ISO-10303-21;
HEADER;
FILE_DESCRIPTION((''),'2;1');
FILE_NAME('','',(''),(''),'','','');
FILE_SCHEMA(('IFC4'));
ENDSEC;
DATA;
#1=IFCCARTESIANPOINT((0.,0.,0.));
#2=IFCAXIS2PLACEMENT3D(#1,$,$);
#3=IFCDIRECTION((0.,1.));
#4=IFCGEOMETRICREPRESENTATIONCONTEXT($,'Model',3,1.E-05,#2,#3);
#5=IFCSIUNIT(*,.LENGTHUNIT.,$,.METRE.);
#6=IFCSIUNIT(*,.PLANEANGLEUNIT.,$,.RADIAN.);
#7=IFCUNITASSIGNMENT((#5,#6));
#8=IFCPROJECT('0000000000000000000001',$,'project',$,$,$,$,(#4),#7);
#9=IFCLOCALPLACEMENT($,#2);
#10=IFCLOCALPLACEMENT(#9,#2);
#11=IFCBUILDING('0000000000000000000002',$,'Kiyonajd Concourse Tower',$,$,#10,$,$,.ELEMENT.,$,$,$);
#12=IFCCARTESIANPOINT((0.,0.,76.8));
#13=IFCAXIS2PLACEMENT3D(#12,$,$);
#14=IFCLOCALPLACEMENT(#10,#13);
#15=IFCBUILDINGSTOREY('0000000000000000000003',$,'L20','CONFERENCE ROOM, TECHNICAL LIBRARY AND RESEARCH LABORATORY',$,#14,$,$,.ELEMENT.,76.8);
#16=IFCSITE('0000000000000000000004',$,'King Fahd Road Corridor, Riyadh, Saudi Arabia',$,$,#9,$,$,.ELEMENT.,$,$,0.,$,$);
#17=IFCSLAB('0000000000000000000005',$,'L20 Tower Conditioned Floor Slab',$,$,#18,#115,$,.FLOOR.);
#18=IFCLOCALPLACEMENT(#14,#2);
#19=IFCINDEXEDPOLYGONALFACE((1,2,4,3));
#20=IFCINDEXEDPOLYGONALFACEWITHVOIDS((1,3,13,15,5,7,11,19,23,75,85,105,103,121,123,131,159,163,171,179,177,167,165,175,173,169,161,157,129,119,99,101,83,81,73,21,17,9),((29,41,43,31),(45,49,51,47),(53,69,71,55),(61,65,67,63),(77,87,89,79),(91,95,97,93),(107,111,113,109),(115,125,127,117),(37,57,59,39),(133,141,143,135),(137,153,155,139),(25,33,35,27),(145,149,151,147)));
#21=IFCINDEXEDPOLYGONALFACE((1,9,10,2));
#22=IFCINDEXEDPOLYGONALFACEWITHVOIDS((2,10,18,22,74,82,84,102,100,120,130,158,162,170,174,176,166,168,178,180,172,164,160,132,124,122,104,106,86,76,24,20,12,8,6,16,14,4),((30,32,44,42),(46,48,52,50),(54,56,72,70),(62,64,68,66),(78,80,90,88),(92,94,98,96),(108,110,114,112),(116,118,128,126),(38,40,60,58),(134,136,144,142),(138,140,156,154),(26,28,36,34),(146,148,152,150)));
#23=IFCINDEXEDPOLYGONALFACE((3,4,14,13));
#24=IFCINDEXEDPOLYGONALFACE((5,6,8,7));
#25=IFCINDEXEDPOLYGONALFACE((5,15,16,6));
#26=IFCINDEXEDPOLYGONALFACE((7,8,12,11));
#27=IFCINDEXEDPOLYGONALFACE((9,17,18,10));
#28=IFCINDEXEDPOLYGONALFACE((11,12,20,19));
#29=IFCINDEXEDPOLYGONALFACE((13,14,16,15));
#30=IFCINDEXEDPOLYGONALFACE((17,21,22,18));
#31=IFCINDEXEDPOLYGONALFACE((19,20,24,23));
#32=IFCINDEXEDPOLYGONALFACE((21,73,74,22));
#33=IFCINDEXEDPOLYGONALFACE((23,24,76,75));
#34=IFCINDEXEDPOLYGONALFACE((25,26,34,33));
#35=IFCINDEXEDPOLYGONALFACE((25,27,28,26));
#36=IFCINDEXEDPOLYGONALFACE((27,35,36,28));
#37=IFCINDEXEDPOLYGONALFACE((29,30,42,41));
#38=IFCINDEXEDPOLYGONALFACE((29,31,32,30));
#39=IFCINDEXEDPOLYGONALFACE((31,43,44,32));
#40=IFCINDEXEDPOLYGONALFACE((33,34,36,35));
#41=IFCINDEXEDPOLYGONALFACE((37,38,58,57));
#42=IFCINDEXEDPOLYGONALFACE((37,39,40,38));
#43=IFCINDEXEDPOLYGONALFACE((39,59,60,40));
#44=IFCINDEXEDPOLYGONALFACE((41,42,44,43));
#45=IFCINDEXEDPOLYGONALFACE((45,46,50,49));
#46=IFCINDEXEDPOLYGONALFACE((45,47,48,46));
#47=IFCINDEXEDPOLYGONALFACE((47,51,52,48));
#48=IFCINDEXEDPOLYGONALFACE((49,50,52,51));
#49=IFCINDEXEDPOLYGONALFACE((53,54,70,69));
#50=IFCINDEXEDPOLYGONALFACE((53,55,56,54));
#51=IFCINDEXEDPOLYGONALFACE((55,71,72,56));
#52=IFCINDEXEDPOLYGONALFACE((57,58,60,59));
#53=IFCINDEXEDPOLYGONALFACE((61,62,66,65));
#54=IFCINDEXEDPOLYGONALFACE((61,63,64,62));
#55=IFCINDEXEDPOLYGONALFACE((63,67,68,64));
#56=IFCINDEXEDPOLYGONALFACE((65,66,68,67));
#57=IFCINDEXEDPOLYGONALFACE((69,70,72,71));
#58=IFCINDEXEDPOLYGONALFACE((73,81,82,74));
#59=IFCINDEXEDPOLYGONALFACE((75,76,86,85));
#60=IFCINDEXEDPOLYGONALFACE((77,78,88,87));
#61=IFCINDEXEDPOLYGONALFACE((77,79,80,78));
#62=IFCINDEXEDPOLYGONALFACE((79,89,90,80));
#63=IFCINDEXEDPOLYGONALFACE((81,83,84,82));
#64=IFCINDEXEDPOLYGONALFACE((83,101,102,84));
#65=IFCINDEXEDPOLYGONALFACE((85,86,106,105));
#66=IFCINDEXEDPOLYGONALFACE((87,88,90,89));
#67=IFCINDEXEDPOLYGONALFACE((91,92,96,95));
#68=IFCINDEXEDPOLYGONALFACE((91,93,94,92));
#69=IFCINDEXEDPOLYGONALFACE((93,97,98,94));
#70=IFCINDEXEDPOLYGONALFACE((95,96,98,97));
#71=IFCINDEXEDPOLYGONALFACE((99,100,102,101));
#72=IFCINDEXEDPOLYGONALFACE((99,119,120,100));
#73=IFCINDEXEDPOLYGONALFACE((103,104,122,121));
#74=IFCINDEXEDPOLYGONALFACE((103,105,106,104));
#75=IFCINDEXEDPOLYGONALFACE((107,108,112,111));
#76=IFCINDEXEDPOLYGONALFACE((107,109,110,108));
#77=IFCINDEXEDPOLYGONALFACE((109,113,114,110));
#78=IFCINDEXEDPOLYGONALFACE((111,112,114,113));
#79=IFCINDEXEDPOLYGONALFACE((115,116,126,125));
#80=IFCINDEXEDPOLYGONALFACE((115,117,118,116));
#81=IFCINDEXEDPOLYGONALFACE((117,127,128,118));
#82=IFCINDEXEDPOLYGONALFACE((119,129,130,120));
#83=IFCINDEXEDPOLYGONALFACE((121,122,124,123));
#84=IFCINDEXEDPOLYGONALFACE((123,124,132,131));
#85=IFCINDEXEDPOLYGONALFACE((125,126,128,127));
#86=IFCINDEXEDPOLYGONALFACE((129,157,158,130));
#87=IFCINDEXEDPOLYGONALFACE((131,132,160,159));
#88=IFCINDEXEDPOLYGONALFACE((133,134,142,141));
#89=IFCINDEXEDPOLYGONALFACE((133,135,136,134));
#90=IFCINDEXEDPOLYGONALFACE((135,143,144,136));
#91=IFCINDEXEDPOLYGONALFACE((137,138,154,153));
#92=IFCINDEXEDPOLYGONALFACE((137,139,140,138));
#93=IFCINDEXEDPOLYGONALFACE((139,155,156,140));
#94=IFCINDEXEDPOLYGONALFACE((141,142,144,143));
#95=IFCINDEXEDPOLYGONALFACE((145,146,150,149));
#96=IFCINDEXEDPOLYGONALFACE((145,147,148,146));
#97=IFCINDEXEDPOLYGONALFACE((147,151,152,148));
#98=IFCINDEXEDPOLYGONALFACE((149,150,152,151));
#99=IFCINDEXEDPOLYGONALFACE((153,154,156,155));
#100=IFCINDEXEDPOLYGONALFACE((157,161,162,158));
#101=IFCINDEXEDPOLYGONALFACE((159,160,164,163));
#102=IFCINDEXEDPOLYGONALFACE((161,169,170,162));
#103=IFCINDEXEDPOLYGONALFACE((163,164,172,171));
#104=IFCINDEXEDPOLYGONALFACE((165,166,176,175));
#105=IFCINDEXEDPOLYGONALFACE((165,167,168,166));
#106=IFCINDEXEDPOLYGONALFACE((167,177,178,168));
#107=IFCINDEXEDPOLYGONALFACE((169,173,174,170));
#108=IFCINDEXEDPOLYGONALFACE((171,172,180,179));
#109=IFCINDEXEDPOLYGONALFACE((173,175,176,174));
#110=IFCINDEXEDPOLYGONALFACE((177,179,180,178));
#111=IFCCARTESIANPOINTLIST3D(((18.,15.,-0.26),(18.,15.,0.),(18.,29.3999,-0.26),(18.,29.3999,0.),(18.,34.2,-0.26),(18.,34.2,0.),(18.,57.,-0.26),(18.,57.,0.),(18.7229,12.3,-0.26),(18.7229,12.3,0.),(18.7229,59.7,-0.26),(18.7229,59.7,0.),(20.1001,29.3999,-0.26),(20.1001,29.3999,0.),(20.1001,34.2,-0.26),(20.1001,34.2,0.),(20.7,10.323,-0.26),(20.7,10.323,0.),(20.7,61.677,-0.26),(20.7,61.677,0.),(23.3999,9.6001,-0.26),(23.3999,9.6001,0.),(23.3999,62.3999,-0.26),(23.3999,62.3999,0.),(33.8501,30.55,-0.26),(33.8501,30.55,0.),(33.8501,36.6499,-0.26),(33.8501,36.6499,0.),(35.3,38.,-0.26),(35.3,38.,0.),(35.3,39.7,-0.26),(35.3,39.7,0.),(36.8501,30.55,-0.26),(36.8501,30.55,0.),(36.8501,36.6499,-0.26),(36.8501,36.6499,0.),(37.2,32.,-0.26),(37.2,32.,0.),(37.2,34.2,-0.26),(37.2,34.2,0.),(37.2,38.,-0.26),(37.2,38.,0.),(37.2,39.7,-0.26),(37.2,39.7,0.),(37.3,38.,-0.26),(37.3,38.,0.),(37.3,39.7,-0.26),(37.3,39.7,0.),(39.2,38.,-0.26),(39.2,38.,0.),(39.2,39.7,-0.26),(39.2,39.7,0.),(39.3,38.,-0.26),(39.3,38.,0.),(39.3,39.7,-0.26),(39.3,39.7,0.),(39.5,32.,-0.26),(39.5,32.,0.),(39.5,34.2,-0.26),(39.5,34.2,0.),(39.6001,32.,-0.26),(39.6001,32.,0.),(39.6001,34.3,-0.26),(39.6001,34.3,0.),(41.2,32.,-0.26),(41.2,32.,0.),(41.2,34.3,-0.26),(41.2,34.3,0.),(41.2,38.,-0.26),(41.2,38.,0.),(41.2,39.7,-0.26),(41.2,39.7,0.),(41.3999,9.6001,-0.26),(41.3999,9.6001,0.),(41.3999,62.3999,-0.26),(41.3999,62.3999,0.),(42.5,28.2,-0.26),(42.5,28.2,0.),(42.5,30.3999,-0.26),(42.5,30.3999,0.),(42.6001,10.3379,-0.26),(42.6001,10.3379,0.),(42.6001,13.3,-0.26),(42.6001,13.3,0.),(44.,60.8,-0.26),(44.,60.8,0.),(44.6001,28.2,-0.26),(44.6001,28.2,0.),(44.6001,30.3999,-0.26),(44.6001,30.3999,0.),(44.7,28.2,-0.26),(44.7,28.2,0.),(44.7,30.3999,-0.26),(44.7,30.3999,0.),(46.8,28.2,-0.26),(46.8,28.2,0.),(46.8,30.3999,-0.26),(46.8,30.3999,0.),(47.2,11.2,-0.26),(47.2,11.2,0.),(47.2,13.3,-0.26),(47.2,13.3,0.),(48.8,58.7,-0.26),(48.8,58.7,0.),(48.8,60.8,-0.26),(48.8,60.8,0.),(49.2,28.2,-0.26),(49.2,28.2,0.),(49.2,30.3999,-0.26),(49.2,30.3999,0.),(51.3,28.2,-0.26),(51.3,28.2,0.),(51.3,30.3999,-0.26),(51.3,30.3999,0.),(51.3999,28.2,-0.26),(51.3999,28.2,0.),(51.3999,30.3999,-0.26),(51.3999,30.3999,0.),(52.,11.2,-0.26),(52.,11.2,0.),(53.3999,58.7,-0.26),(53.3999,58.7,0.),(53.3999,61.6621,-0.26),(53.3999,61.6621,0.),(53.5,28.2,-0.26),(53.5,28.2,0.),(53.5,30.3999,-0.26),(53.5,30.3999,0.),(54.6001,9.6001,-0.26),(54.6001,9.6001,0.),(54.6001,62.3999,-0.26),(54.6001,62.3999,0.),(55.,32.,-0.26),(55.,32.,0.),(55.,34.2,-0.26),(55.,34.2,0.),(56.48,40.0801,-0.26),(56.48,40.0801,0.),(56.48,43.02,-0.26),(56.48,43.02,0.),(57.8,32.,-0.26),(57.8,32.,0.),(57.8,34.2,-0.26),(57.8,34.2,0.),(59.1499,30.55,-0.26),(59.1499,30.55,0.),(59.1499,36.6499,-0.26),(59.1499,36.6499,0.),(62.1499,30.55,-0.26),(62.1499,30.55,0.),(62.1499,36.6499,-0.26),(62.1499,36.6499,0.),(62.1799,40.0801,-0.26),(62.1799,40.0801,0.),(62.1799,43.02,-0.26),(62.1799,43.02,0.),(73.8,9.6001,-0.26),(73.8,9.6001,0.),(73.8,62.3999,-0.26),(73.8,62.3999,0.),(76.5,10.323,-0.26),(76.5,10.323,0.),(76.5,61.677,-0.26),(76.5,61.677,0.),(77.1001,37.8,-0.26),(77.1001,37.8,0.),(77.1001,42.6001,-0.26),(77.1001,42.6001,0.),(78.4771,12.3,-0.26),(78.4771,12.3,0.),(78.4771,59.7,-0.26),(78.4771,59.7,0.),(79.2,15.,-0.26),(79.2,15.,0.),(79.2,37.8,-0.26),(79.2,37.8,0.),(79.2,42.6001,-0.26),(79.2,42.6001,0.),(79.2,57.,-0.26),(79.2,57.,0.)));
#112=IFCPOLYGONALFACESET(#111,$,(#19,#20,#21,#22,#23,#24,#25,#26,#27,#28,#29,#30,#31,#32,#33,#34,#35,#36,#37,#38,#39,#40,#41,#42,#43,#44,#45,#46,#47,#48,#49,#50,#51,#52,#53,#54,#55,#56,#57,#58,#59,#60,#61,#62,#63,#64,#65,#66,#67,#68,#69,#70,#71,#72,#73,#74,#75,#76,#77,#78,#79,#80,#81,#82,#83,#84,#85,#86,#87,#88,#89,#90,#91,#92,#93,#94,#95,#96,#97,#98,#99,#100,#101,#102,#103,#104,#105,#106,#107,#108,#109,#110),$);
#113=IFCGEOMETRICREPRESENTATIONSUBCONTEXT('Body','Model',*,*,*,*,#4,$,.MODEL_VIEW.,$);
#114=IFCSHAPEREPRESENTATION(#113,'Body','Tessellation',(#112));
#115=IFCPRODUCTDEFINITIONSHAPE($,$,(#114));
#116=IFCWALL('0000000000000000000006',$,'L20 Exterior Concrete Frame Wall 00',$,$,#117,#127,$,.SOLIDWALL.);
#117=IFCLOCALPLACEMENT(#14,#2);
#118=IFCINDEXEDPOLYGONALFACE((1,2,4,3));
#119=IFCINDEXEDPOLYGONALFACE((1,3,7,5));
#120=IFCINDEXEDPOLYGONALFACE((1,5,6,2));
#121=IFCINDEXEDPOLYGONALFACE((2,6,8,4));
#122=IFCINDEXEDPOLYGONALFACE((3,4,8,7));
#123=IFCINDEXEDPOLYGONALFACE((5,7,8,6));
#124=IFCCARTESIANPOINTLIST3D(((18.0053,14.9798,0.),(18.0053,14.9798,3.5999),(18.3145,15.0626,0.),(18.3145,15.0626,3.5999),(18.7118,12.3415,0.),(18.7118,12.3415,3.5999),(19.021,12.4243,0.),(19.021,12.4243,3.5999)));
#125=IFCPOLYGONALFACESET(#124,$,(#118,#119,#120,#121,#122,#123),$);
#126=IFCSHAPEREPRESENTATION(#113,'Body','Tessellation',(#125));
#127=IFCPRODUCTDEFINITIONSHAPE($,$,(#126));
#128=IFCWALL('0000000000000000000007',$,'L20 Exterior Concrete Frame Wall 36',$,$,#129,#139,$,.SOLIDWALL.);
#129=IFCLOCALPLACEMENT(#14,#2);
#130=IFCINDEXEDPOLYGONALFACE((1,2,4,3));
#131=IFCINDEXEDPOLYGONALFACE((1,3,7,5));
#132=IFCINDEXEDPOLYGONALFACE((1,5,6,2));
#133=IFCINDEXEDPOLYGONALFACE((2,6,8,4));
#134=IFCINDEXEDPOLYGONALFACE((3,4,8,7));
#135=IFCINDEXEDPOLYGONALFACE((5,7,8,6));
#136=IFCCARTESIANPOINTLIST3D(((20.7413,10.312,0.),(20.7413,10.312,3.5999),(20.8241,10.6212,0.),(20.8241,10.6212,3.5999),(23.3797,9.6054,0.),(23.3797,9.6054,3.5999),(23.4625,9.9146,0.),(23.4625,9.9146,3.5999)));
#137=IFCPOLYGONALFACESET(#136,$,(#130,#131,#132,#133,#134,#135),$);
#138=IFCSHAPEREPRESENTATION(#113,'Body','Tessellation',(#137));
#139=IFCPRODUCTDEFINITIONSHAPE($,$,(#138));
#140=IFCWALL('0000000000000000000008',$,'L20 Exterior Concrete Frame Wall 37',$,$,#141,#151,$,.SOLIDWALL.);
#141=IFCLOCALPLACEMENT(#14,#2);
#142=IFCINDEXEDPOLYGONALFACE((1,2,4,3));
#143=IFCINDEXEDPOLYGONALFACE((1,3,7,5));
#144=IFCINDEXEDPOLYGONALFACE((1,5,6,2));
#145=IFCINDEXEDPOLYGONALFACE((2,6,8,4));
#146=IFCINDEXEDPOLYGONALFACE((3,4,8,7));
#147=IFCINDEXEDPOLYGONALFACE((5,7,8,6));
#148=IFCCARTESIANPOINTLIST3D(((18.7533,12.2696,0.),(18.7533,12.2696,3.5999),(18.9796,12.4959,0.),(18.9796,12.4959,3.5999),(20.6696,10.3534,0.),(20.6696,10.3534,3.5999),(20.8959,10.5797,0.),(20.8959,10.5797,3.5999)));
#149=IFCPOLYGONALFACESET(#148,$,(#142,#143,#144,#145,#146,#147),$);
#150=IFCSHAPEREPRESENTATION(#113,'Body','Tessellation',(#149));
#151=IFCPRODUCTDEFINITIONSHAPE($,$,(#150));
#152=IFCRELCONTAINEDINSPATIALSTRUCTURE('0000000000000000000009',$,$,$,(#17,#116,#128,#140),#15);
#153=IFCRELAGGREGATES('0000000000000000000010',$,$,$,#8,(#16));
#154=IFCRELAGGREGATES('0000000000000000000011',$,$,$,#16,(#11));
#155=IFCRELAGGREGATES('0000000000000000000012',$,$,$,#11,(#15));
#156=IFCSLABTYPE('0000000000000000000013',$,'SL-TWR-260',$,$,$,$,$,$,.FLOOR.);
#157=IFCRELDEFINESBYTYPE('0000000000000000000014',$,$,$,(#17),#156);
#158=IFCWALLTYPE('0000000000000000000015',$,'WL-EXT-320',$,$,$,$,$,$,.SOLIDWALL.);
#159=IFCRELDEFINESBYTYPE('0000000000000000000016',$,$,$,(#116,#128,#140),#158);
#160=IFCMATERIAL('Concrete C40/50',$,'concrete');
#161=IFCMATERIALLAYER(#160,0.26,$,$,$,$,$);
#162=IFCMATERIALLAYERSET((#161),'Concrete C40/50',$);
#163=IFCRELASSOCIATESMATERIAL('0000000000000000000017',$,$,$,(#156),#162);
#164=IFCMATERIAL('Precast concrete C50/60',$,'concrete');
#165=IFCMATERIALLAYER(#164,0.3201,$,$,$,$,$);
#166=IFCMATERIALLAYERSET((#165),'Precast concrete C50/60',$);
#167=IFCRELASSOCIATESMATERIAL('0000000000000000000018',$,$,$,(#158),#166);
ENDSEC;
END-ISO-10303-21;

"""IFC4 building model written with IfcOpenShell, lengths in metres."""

from ifc_helpers import new_model, si_unit, direction, frame, frame_2d, origin, place, context, subcontext, project, spatial, polyline, rectangle, outline, extrude, material, layer, layer_set, type_object, element, save


model = new_model("IFC4")

# Units and contexts
model_context = context("Model", 3, precision=1e-05, world=origin(), true_north=direction((0.0, 1.0)))
body_context = subcontext(model_context, "Body", "Model", "MODEL_VIEW")
ifc_project = project(units=[si_unit("LENGTHUNIT", "METRE"), si_unit("PLANEANGLEUNIT", "RADIAN")], contexts=[model_context])

# Site, building, storey
site_placement = place(None, origin())
site = spatial("IfcSite", under=ifc_project, at=site_placement, Name="King Fahd Road Corridor, Riyadh, Saudi Arabia", CompositionType="ELEMENT", RefElevation=0.0)
building_placement = place(site_placement, origin())
building = spatial("IfcBuilding", under=site, at=building_placement, Name="Kiyonajd Concourse Tower", CompositionType="ELEMENT")
storey_placement = place(building_placement, frame((0.0, 0.0, 76.8)))
storey = spatial("IfcBuildingStorey", under=building, at=storey_placement, Name="L20", Description="CONFERENCE ROOM, TECHNICAL LIBRARY AND RESEARCH LABORATORY", CompositionType="ELEMENT", Elevation=76.8)

# Shared definitions
ifc_material_1 = material(Name="Concrete C40/50", Category="concrete")

# Slab
ifc_material_2 = material(Name="Precast concrete C50/60", Category="concrete")
ifc_layer_1 = layer(ifc_material_1, 0.26)
ifc_layer_set_1 = layer_set([ifc_layer_1], Name="Concrete C40/50")
slab_type_1 = type_object("IfcSlabType", Name="SL-TWR-260", PredefinedType="FLOOR", material=ifc_layer_set_1)
slab_1_placement = place(storey_placement, frame((0.0, 0.0, -0.26)))
element("IfcSlab", 1, at=slab_1_placement, inside=storey, type_object=slab_type_1, Name="L20 Tower Conditioned Floor Slab", PredefinedType="FLOOR", context=body_context, shape_type="SweptSolid", body=[
    extrude(outline(polyline([(18.7229, 12.3), (18.0, 15.0), (18.0, 29.3999), (20.1001, 29.3999), (20.1001, 34.2), (18.0, 34.2), (18.0, 57.0), (18.7229, 59.7), (20.7, 61.677), (23.3999, 62.3999), (41.3999, 62.3999), (44.0, 60.8), (48.8, 60.8), (48.8, 58.7), (53.3999, 58.7), (53.3999, 61.6621), (54.6001, 62.3999), (73.8, 62.3999), (76.5, 61.677), (78.4771, 59.7), (79.2, 57.0), (79.2, 42.6001), (77.1001, 42.6001), (77.1001, 37.8), (79.2, 37.8), (79.2, 15.0), (78.4771, 12.3), (76.5, 10.323), (73.8, 9.6001), (54.6001, 9.6001), (52.0, 11.2), (47.2, 11.2), (47.2, 13.3), (42.6001, 13.3), (42.6001, 10.3379), (41.3999, 9.6001), (23.3999, 9.6001), (20.7, 10.323), (18.7229, 12.3)]), holes=[polyline([(44.6001, 28.2), (42.5, 28.2), (42.5, 30.3999), (44.6001, 30.3999), (44.6001, 28.2)]), polyline([(37.2, 32.0), (37.2, 34.2), (39.5, 34.2), (39.5, 32.0), (37.2, 32.0)]), polyline([(39.6001, 32.0), (39.6001, 34.3), (41.2, 34.3), (41.2, 32.0), (39.6001, 32.0)]), polyline([(36.8501, 30.55), (33.8501, 30.55), (33.8501, 36.6499), (36.8501, 36.6499), (36.8501, 30.55)]), polyline([(35.3, 38.0), (35.3, 39.7), (37.2, 39.7), (37.2, 38.0), (35.3, 38.0)]), polyline([(37.3, 38.0), (37.3, 39.7), (39.2, 39.7), (39.2, 38.0), (37.3, 38.0)]), polyline([(41.2, 38.0), (39.3, 38.0), (39.3, 39.7), (41.2, 39.7), (41.2, 38.0)]), polyline([(44.7, 28.2), (44.7, 30.3999), (46.8, 30.3999), (46.8, 28.2), (44.7, 28.2)]), polyline([(49.2, 28.2), (49.2, 30.3999), (51.3, 30.3999), (51.3, 28.2), (49.2, 28.2)]), polyline([(51.3999, 28.2), (51.3999, 30.3999), (53.5, 30.3999), (53.5, 28.2), (51.3999, 28.2)]), polyline([(55.0, 32.0), (55.0, 34.2), (57.8, 34.2), (57.8, 32.0), (55.0, 32.0)]), polyline([(59.1499, 30.55), (59.1499, 36.6499), (62.1499, 36.6499), (62.1499, 30.55), (59.1499, 30.55)]), polyline([(56.48, 43.02), (62.1799, 43.02), (62.1799, 40.0801), (56.48, 40.0801), (56.48, 43.02)])]), origin(), (0.0, 0.0, 1.0), 0.26),
])

# Walls
ifc_layer_2 = layer(ifc_material_2, 0.3201)
ifc_layer_set_2 = layer_set([ifc_layer_2], Name="Precast concrete C50/60")
wall_type = type_object("IfcWallType", Name="WL-EXT-320", PredefinedType="SOLIDWALL", material=ifc_layer_set_2)
wall_1_placement = place(storey_placement, frame((18.8665, 12.3828, 0.0), z_axis=(0.0, 0.0, 1.0), x_axis=(-0.258697, 0.965958, 0.0)))
element("IfcWall", 2, at=wall_1_placement, inside=storey, type_object=wall_type, Name="L20 Exterior Concrete Frame Wall 00", PredefinedType="SOLIDWALL", context=body_context, shape_type="SweptSolid", body=[
    extrude(rectangle(XDim=2.7312, YDim=0.3201, at=frame_2d((1.3657, 0.0))), origin(), (0.0, 0.0, 1.0), 3.5999),
])
wall_2_placement = place(storey_placement, frame((23.4211, 9.76, 0.0), z_axis=(0.0, 0.0, 1.0), x_axis=(-0.965964, 0.258675, 0.0)))
element("IfcWall", 3, at=wall_2_placement, inside=storey, type_object=wall_type, Name="L20 Exterior Concrete Frame Wall 36", PredefinedType="SOLIDWALL", context=body_context, shape_type="SweptSolid", body=[
    extrude(rectangle(XDim=2.7314, YDim=0.3201, at=frame_2d((1.3657, 0.0))), origin(), (0.0, 0.0, 1.0), 3.5999),
])
wall_3_placement = place(storey_placement, frame((20.7827, 10.4666, 0.0), z_axis=(0.0, 0.0, 1.0), x_axis=(-0.707107, 0.707107, 0.0)))
element("IfcWall", 4, at=wall_3_placement, inside=storey, type_object=wall_type, Name="L20 Exterior Concrete Frame Wall 37", PredefinedType="SOLIDWALL", context=body_context, shape_type="SweptSolid", body=[
    extrude(rectangle(XDim=2.71, YDim=0.3201, at=frame_2d((1.355, 0.0))), origin(), (0.0, 0.0, 1.0), 3.5999),
])

save(model, "model.ifc")
